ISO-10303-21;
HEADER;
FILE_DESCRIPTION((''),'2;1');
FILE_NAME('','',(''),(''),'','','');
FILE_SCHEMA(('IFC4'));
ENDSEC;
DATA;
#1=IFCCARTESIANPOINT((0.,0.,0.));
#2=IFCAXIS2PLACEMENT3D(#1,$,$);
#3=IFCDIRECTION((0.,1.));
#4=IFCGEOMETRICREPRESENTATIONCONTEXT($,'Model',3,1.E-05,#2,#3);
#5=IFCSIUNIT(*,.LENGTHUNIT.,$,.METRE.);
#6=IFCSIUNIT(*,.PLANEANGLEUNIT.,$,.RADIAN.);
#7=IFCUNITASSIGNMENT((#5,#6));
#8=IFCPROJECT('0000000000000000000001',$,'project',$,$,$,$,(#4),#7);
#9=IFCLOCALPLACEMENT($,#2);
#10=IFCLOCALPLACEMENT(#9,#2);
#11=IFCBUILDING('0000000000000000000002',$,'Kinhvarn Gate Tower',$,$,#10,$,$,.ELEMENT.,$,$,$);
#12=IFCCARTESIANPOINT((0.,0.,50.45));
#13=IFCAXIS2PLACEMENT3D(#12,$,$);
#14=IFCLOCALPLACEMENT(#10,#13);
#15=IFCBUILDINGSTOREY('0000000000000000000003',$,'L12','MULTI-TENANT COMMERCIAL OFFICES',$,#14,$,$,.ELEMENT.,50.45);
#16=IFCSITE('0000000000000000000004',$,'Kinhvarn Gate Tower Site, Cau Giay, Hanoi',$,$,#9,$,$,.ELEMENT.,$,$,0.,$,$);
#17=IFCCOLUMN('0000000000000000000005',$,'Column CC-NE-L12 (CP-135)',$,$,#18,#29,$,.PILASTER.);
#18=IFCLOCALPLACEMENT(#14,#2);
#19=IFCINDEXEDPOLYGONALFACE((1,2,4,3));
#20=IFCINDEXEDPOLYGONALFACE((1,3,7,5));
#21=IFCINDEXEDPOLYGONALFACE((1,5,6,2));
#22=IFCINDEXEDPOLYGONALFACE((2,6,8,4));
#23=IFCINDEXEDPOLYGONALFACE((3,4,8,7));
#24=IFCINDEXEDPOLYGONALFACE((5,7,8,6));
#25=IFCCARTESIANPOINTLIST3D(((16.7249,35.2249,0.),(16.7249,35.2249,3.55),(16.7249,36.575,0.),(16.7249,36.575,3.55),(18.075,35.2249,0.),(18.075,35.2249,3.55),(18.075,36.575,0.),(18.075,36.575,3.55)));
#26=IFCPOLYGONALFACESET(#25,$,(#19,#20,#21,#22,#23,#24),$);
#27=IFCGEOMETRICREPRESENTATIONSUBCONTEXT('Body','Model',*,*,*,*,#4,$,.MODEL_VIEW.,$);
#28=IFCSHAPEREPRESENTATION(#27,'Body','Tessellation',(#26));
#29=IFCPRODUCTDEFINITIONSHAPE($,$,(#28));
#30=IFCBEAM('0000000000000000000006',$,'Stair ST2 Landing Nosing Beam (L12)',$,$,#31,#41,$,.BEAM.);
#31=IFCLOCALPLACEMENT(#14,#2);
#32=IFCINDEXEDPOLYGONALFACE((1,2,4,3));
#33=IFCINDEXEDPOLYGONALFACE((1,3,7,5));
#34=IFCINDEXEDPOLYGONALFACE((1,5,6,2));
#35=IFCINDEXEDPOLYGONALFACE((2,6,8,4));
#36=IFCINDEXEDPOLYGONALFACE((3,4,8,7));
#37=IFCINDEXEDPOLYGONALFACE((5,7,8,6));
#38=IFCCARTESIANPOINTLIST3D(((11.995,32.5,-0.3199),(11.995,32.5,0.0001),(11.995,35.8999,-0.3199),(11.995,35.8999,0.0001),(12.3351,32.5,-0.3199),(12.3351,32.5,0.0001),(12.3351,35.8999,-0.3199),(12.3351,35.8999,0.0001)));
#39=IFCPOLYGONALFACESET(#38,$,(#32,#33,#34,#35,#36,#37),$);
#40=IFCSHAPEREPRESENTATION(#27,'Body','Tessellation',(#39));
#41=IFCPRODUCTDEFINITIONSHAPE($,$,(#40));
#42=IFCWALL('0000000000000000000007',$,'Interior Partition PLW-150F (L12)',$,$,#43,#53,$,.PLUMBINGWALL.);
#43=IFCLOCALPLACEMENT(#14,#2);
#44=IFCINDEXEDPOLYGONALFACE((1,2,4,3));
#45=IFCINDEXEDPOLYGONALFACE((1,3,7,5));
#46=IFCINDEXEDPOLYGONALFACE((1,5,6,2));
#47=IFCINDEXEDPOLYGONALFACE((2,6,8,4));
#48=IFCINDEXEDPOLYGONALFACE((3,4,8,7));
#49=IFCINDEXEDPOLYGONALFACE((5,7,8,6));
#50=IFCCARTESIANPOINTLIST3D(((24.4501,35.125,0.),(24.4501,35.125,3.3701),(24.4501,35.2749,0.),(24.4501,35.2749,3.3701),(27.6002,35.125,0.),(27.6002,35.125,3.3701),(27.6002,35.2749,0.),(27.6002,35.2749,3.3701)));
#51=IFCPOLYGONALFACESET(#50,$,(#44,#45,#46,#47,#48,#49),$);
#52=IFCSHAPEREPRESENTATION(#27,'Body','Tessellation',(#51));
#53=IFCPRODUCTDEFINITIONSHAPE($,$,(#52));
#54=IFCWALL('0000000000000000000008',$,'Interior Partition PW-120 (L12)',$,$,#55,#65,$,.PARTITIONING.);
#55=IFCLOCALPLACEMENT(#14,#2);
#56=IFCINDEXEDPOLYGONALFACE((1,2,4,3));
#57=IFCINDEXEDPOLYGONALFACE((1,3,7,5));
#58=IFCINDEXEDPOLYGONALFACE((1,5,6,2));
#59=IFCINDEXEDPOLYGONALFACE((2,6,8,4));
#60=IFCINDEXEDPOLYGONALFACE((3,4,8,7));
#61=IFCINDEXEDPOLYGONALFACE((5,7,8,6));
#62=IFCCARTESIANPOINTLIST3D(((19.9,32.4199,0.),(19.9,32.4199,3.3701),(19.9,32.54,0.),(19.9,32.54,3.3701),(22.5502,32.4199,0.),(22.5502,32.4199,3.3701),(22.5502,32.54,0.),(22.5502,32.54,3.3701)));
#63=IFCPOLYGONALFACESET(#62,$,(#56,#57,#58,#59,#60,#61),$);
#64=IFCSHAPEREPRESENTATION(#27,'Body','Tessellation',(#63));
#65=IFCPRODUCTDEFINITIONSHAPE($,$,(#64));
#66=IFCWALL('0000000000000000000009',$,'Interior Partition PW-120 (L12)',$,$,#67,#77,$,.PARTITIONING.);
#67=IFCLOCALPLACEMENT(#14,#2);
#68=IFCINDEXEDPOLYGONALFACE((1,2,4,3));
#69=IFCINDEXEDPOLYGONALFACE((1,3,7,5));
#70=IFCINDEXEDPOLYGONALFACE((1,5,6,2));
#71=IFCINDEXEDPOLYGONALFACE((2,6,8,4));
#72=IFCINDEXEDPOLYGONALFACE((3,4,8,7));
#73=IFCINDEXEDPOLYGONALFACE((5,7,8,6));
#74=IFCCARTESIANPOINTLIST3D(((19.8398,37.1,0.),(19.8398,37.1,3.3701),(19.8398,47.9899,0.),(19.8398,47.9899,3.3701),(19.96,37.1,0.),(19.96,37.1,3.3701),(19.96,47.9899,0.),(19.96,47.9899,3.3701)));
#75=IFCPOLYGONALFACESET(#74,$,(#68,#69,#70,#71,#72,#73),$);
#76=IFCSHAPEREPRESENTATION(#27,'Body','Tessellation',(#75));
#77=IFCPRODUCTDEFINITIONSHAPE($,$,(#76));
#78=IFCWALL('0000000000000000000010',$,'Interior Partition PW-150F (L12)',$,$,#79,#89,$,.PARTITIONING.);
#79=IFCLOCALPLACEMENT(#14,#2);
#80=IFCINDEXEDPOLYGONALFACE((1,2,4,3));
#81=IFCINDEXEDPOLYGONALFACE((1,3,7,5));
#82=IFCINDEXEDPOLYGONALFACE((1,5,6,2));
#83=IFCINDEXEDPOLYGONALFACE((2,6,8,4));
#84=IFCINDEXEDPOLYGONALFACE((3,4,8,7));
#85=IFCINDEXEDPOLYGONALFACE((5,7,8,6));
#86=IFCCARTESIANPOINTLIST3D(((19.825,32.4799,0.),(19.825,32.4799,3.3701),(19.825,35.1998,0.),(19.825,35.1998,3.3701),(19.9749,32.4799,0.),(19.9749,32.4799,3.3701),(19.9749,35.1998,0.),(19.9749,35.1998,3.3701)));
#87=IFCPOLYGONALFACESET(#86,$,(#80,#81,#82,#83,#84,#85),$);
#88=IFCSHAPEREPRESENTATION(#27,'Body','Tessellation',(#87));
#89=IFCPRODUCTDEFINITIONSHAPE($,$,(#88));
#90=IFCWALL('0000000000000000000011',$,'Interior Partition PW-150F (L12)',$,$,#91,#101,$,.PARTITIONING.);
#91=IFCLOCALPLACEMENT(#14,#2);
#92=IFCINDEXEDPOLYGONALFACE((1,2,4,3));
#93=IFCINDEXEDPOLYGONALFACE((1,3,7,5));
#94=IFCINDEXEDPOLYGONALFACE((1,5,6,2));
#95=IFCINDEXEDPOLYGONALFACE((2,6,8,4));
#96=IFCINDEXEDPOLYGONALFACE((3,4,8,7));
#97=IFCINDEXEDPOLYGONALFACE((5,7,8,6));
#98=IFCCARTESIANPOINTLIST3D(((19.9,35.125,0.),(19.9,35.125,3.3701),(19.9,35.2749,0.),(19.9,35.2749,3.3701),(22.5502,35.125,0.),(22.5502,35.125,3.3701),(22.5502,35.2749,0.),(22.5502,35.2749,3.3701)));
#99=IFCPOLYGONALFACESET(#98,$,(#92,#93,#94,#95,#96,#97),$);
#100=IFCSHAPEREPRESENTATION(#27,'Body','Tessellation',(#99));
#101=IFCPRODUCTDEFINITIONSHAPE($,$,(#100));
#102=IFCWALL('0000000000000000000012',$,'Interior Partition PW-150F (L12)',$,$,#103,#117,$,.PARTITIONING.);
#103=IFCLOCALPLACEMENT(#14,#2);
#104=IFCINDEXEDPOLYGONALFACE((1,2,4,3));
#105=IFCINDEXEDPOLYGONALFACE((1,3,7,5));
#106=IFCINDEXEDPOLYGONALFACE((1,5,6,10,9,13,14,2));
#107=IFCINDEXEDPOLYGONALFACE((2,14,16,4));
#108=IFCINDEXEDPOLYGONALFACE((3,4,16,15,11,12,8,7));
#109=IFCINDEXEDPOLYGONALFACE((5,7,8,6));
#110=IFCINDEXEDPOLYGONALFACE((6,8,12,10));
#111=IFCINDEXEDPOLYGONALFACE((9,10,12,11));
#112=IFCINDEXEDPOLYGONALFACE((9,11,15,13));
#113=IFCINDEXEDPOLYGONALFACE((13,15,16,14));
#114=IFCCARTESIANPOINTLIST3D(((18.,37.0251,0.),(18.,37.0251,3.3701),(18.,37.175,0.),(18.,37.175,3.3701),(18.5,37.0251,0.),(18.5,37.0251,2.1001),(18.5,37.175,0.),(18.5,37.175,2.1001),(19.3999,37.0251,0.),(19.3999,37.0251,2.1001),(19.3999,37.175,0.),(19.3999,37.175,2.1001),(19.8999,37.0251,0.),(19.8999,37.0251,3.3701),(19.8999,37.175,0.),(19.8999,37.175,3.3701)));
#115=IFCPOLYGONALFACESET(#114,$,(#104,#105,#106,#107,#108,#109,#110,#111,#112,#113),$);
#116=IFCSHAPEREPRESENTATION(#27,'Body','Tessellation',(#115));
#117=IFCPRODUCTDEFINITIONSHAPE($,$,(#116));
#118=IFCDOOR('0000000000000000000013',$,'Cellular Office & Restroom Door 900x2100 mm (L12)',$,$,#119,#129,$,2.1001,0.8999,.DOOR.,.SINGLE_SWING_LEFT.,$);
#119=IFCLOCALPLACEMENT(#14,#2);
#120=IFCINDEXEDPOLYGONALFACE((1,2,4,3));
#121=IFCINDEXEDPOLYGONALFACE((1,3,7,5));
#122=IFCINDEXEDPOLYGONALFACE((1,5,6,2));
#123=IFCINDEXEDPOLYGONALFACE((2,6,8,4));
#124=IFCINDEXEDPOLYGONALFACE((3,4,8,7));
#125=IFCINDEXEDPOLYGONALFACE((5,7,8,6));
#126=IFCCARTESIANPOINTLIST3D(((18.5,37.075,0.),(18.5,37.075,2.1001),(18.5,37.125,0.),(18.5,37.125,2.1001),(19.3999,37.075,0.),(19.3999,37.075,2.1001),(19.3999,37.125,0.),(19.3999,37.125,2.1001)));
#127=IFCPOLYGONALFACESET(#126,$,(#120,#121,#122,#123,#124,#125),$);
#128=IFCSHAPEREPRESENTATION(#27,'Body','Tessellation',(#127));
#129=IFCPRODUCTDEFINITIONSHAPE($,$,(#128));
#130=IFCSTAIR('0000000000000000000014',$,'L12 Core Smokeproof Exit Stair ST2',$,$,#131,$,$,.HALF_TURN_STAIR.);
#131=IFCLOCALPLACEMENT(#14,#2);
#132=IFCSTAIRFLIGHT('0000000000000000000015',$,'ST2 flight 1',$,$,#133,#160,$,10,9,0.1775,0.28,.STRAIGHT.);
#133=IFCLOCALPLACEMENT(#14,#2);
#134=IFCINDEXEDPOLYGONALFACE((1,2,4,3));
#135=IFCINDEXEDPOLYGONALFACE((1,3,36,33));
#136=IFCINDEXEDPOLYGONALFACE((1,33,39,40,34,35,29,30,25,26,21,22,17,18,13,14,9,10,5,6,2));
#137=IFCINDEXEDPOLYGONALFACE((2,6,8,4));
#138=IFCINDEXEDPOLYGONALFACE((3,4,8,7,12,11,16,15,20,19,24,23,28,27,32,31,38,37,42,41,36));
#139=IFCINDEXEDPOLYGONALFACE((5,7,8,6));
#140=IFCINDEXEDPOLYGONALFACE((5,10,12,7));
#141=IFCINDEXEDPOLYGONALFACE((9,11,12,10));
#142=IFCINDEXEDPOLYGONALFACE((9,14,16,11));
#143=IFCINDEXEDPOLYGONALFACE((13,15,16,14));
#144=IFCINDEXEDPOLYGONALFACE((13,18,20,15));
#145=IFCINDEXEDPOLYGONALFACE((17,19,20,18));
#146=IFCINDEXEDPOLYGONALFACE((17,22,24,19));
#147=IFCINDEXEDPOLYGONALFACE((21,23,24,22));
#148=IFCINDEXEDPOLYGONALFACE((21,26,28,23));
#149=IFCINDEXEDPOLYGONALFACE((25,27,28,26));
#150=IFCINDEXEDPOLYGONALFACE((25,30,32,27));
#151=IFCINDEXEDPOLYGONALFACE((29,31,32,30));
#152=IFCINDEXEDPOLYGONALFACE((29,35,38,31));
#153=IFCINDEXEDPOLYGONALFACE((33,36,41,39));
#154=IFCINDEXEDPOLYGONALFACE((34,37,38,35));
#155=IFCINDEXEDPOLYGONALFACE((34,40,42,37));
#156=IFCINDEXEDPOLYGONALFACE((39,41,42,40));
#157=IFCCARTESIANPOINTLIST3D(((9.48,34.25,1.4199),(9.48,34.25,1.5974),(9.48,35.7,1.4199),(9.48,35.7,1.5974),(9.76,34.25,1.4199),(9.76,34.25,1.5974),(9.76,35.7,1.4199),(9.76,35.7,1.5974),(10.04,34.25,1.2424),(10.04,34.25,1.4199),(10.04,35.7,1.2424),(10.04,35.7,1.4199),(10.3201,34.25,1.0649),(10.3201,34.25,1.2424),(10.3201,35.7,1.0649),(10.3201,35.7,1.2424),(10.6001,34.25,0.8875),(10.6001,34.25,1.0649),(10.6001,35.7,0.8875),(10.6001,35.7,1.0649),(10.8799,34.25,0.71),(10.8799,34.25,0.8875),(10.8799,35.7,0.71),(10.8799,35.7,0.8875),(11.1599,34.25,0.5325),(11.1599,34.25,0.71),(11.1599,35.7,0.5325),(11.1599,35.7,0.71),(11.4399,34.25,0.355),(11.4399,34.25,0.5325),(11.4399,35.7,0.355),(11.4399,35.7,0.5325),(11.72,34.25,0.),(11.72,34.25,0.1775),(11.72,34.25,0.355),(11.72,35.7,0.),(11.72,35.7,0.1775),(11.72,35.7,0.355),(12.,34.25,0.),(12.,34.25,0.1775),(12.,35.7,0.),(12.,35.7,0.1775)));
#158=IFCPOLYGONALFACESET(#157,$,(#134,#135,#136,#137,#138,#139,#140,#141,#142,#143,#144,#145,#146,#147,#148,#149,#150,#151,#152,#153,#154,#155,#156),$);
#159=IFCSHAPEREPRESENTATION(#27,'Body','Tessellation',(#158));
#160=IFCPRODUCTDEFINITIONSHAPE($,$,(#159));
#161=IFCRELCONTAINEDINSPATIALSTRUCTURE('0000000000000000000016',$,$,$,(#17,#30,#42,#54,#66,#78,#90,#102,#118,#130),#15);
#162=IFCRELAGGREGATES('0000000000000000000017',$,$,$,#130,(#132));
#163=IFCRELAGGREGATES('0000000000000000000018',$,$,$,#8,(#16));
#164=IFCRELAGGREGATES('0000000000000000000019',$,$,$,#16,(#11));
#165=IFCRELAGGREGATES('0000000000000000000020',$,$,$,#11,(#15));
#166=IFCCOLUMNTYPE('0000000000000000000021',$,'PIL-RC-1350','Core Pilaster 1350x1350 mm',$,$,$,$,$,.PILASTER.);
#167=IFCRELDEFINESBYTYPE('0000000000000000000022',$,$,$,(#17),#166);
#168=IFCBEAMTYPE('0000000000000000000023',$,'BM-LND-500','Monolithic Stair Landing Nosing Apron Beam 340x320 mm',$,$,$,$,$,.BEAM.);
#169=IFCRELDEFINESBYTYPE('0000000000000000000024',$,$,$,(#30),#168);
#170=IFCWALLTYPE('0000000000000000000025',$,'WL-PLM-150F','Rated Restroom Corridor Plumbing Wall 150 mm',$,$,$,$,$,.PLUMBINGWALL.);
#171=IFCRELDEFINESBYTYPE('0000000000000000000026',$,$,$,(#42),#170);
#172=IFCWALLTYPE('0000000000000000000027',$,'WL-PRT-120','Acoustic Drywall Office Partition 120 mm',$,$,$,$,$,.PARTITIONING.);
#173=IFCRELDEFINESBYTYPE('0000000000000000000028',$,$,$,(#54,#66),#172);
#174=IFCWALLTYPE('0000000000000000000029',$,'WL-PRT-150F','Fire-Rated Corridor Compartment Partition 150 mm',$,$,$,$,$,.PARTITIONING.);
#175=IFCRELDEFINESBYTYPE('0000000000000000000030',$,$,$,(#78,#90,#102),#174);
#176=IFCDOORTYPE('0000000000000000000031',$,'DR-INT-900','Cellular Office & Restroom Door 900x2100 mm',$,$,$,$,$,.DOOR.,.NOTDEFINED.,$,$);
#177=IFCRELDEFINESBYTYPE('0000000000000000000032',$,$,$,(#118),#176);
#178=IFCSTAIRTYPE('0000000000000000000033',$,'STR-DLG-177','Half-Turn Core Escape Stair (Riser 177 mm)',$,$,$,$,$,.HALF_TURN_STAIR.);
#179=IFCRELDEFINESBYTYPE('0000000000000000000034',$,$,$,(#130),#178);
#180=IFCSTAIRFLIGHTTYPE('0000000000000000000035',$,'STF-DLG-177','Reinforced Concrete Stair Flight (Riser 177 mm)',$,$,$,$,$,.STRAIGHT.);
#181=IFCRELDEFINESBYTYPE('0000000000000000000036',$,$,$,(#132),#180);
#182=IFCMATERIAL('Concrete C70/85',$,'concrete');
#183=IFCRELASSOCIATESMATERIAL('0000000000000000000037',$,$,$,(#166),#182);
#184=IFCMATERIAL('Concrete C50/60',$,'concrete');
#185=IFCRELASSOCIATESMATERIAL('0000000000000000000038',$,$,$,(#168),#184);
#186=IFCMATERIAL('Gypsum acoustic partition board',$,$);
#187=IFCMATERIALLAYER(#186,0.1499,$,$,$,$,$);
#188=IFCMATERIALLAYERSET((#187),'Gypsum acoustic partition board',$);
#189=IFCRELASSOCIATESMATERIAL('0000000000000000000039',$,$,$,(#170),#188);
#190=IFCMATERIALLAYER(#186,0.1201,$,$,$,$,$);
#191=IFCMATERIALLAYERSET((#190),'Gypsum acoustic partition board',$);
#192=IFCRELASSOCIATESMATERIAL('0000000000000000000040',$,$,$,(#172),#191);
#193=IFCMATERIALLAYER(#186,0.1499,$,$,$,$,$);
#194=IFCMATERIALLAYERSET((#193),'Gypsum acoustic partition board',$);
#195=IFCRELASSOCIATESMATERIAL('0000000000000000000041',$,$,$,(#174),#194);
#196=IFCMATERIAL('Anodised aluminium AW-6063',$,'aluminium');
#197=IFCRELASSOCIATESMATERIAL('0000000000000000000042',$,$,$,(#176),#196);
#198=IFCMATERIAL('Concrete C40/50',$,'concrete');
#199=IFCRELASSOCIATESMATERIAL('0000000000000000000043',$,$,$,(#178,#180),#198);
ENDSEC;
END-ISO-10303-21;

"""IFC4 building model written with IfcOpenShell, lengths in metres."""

from ifc_helpers import new_model, si_unit, direction, frame, frame_2d, origin, origin_2d, place, context, subcontext, project, spatial, polyline, rectangle, outline, extrude, material, layer, layer_set, material_profile, profile_set, type_object, element, fill, aggregate, save


model = new_model("IFC4")

# Units and contexts
model_context = context("Model", 3, precision=1e-05, world=origin(), true_north=direction((0.0, 1.0)))
body_context = subcontext(model_context, "Body", "Model", "MODEL_VIEW")
ifc_project = project(units=[si_unit("LENGTHUNIT", "METRE"), si_unit("PLANEANGLEUNIT", "RADIAN")], contexts=[model_context])

# Site, building, storey
site_placement = place(None, origin())
site = spatial("IfcSite", under=ifc_project, at=site_placement, Name="Kinhvarn Gate Tower Site, Cau Giay, Hanoi", CompositionType="ELEMENT", RefElevation=0.0)
building_placement = place(site_placement, origin())
building = spatial("IfcBuilding", under=site, at=building_placement, Name="Kinhvarn Gate Tower", CompositionType="ELEMENT")
storey_placement = place(building_placement, frame((0.0, 0.0, 50.45)))
storey = spatial("IfcBuildingStorey", under=building, at=storey_placement, Name="L12", Description="MULTI-TENANT COMMERCIAL OFFICES", CompositionType="ELEMENT", Elevation=50.45)

# Column
ifc_material_1 = material(Name="Concrete C70/85", Category="concrete")
ifc_material_profile_1 = material_profile(ifc_material_1, rectangle(XDim=1.3501, YDim=1.3501, at=origin_2d()), Name="RC 1350x1350")
ifc_profile_set_1 = profile_set([ifc_material_profile_1], Name="Concrete C70/85")
column_type = type_object("IfcColumnType", Name="PIL-RC-1350", Description="Core Pilaster 1350x1350 mm", PredefinedType="PILASTER", material=ifc_profile_set_1)
column_placement = place(storey_placement, frame((17.3999, 35.8999, 0.0), z_axis=(0.0, 0.0, 1.0), x_axis=(1.0, 0.0, 0.0)))
element("IfcColumn", 1, at=column_placement, inside=storey, type_object=column_type, Name="Column CC-NE-L12 (CP-135)", PredefinedType="PILASTER", context=body_context, shape_type="SweptSolid", body=[
    extrude(rectangle(XDim=1.3501, YDim=1.3501, at=origin_2d()), origin(), (0.0, 0.0, 1.0), 3.55),
])

# Beam
ifc_material_2 = material(Name="Concrete C50/60", Category="concrete")
ifc_material_profile_2 = material_profile(ifc_material_2, rectangle(XDim=0.3401, YDim=0.3201, at=origin_2d()), Name="RC 340x320")
ifc_profile_set_2 = profile_set([ifc_material_profile_2], Name="Concrete C50/60")
beam_type = type_object("IfcBeamType", Name="BM-LND-500", Description="Monolithic Stair Landing Nosing Apron Beam 340x320 mm", PredefinedType="BEAM", material=ifc_profile_set_2)
beam_placement = place(storey_placement, frame((12.165, 32.5, -0.1599), z_axis=(0.0, 1.0, 0.0), x_axis=(-1.0, 0.0, 0.0)))
element("IfcBeam", 2, at=beam_placement, inside=storey, type_object=beam_type, Name="Stair ST2 Landing Nosing Beam (L12)", PredefinedType="BEAM", context=body_context, shape_type="SweptSolid", body=[
    extrude(rectangle(XDim=0.3401, YDim=0.3201, at=origin_2d()), origin(), (0.0, 0.0, 1.0), 3.3999),
])

# Walls
ifc_material_3 = material(Name="Gypsum acoustic partition board")
ifc_layer_1 = layer(ifc_material_3, 0.1499)
ifc_layer_set_1 = layer_set([ifc_layer_1], Name="Gypsum acoustic partition board")
wall_type_1 = type_object("IfcWallType", Name="WL-PLM-150F", Description="Rated Restroom Corridor Plumbing Wall 150 mm", PredefinedType="PLUMBINGWALL", material=ifc_layer_set_1)
wall_1_placement = place(storey_placement, frame((24.45, 35.2, 0.0), z_axis=(0.0, 0.0, 1.0), x_axis=(1.0, 0.0, 0.0)))
element("IfcWall", 3, at=wall_1_placement, inside=storey, type_object=wall_type_1, Name="Interior Partition PLW-150F (L12)", PredefinedType="PLUMBINGWALL", context=body_context, shape_type="SweptSolid", body=[
    extrude(rectangle(XDim=3.1501, YDim=0.1499, at=frame_2d((1.5752, 0.0))), origin(), (0.0, 0.0, 1.0), 3.3701),
])
ifc_layer_2 = layer(ifc_material_3, 0.1201)
ifc_layer_set_2 = layer_set([ifc_layer_2], Name="Gypsum acoustic partition board")
wall_type_2 = type_object("IfcWallType", Name="WL-PRT-120", Description="Acoustic Drywall Office Partition 120 mm", PredefinedType="PARTITIONING", material=ifc_layer_set_2)
wall_2_placement = place(storey_placement, frame((19.8999, 32.48, 0.0), z_axis=(0.0, 0.0, 1.0), x_axis=(1.0, 0.0, 0.0)))
element("IfcWall", 4, at=wall_2_placement, inside=storey, type_object=wall_type_2, Name="Interior Partition PW-120 (L12)", PredefinedType="PARTITIONING", context=body_context, shape_type="SweptSolid", body=[
    extrude(rectangle(XDim=2.6501, YDim=0.1201, at=frame_2d((1.3252, 0.0))), origin(), (0.0, 0.0, 1.0), 3.3701),
])
wall_3_placement = place(storey_placement, frame((19.8999, 37.1001, 0.0), z_axis=(0.0, 0.0, 1.0), x_axis=(0.0, 1.0, 0.0)))
element("IfcWall", 5, at=wall_3_placement, inside=storey, type_object=wall_type_2, Name="Interior Partition PW-120 (L12)", PredefinedType="PARTITIONING", context=body_context, shape_type="SweptSolid", body=[
    extrude(rectangle(XDim=10.8899, YDim=0.1201, at=frame_2d((5.4448, 0.0))), origin(), (0.0, 0.0, 1.0), 3.3701),
])

# Shared definitions
ifc_layer_3 = layer(ifc_material_3, 0.1499)
ifc_layer_set_3 = layer_set([ifc_layer_3], Name="Gypsum acoustic partition board")
wall_type_3 = type_object("IfcWallType", Name="WL-PRT-150F", Description="Fire-Rated Corridor Compartment Partition 150 mm", PredefinedType="PARTITIONING", material=ifc_layer_set_3)
ifc_material_4 = material(Name="Anodised aluminium AW-6063", Category="aluminium")

# Walls
wall_4_placement = place(storey_placement, frame((19.8999, 32.48, 0.0), z_axis=(0.0, 0.0, 1.0), x_axis=(0.0, 1.0, 0.0)))
element("IfcWall", 6, at=wall_4_placement, inside=storey, type_object=wall_type_3, Name="Interior Partition PW-150F (L12)", PredefinedType="PARTITIONING", context=body_context, shape_type="SweptSolid", body=[
    extrude(rectangle(XDim=2.72, YDim=0.1499, at=frame_2d((1.3599, 0.0))), origin(), (0.0, 0.0, 1.0), 3.3701),
])
wall_5_placement = place(storey_placement, frame((19.8999, 35.2, 0.0), z_axis=(0.0, 0.0, 1.0), x_axis=(1.0, 0.0, 0.0)))
element("IfcWall", 7, at=wall_5_placement, inside=storey, type_object=wall_type_3, Name="Interior Partition PW-150F (L12)", PredefinedType="PARTITIONING", context=body_context, shape_type="SweptSolid", body=[
    extrude(rectangle(XDim=2.6501, YDim=0.1499, at=frame_2d((1.3252, 0.0))), origin(), (0.0, 0.0, 1.0), 3.3701),
])

# Wall, opening, door
wall_6_placement = place(storey_placement, frame((18.0, 37.1001, 0.0), z_axis=(0.0, 0.0, 1.0), x_axis=(1.0, 0.0, 0.0)))
wall_6 = element("IfcWall", 8, at=wall_6_placement, inside=storey, type_object=wall_type_3, Name="Interior Partition PW-150F (L12)", PredefinedType="PARTITIONING", context=body_context, shape_type="SweptSolid", body=[
    extrude(rectangle(XDim=1.8999, YDim=0.1499, at=frame_2d((0.95, 0.0))), origin(), (0.0, 0.0, 1.0), 3.3701),
])
opening_1_placement = place(wall_6_placement, frame((0.5, 0.0, 0.0)))
opening_1 = element("IfcOpeningElement", 9, at=opening_1_placement, cuts=wall_6, PredefinedType="OPENING", context=body_context, shape_type="SweptSolid", body=[
    extrude(rectangle(XDim=0.8999, YDim=2.1001, at=frame_2d((0.45, 1.05))), frame((0.0, 0.085, 0.0), z_axis=(0.0, -1.0, 0.0), x_axis=(1.0, 0.0, 0.0)), (0.0, 0.0, 1.0), 0.1699),
])
door_type_1 = type_object("IfcDoorType", Name="DR-INT-900", Description="Cellular Office & Restroom Door 900x2100 mm", OperationType="NOTDEFINED", PredefinedType="DOOR", material=ifc_material_4)
door_1_placement = place(opening_1_placement, origin())
door_1 = element("IfcDoor", 10, at=door_1_placement, inside=storey, type_object=door_type_1, Name="Cellular Office & Restroom Door 900x2100 mm (L12)", OperationType="SINGLE_SWING_LEFT", OverallHeight=2.1001, OverallWidth=0.8999, PredefinedType="DOOR", context=body_context, shape_type="SweptSolid", body=[
    extrude(rectangle(XDim=0.8999, YDim=2.1001, at=frame_2d((0.45, 1.05))), frame((0.0, 0.0249, 0.0), z_axis=(0.0, -1.0, 0.0), x_axis=(1.0, 0.0, 0.0)), (0.0, 0.0, 1.0), 0.05),
])
fill(opening_1, door_1)
ifc_material_5 = material(Name="Concrete C40/50", Category="concrete")

# Stair, stair flight
stair_type = type_object("IfcStairType", Name="STR-DLG-177", Description="Half-Turn Core Escape Stair (Riser 177 mm)", PredefinedType="HALF_TURN_STAIR", material=ifc_material_5)
stair_placement = place(storey_placement, origin())
stair = element("IfcStair", 11, at=stair_placement, inside=storey, type_object=stair_type, Name="L12 Core Smokeproof Exit Stair ST2", PredefinedType="HALF_TURN_STAIR")
stair_flight_type = type_object("IfcStairFlightType", Name="STF-DLG-177", Description="Reinforced Concrete Stair Flight (Riser 177 mm)", PredefinedType="STRAIGHT", material=ifc_material_5)
stair_flight_placement = place(storey_placement, frame((12.0, 34.9751, 0.0), z_axis=(0.0, 0.0, 1.0), x_axis=(-1.0, 0.0, 0.0)))
stair_flight = element("IfcStairFlight", 12, at=stair_flight_placement, type_object=stair_flight_type, Name="ST2 flight 1", NumberOfRisers=10, NumberOfTreads=9, PredefinedType="STRAIGHT", RiserHeight=0.1775, TreadLength=0.28, context=body_context, shape_type="SweptSolid", body=[
    extrude(outline(polyline([(0.0, 0.0), (0.0, 0.1775), (0.28, 0.1775), (0.28, 0.355), (0.5601, 0.355), (0.5601, 0.5325), (0.8401, 0.5325), (0.8401, 0.71), (1.1201, 0.71), (1.1201, 0.8875), (1.3999, 0.8875), (1.3999, 1.0649), (1.6799, 1.0649), (1.6799, 1.2424), (1.96, 1.2424), (1.96, 1.4199), (2.24, 1.4199), (2.24, 1.5974), (2.52, 1.5974), (2.52, 1.7749), (2.52, 1.4199), (0.28, 0.0), (0.0, 0.0)])), frame((0.0, 0.7251, 0.0), z_axis=(0.0, -1.0, 0.0), x_axis=(1.0, 0.0, 0.0)), (0.0, 0.0, 1.0), 1.45),
])
aggregate(stair, [stair_flight])

save(model, "model.ifc")
